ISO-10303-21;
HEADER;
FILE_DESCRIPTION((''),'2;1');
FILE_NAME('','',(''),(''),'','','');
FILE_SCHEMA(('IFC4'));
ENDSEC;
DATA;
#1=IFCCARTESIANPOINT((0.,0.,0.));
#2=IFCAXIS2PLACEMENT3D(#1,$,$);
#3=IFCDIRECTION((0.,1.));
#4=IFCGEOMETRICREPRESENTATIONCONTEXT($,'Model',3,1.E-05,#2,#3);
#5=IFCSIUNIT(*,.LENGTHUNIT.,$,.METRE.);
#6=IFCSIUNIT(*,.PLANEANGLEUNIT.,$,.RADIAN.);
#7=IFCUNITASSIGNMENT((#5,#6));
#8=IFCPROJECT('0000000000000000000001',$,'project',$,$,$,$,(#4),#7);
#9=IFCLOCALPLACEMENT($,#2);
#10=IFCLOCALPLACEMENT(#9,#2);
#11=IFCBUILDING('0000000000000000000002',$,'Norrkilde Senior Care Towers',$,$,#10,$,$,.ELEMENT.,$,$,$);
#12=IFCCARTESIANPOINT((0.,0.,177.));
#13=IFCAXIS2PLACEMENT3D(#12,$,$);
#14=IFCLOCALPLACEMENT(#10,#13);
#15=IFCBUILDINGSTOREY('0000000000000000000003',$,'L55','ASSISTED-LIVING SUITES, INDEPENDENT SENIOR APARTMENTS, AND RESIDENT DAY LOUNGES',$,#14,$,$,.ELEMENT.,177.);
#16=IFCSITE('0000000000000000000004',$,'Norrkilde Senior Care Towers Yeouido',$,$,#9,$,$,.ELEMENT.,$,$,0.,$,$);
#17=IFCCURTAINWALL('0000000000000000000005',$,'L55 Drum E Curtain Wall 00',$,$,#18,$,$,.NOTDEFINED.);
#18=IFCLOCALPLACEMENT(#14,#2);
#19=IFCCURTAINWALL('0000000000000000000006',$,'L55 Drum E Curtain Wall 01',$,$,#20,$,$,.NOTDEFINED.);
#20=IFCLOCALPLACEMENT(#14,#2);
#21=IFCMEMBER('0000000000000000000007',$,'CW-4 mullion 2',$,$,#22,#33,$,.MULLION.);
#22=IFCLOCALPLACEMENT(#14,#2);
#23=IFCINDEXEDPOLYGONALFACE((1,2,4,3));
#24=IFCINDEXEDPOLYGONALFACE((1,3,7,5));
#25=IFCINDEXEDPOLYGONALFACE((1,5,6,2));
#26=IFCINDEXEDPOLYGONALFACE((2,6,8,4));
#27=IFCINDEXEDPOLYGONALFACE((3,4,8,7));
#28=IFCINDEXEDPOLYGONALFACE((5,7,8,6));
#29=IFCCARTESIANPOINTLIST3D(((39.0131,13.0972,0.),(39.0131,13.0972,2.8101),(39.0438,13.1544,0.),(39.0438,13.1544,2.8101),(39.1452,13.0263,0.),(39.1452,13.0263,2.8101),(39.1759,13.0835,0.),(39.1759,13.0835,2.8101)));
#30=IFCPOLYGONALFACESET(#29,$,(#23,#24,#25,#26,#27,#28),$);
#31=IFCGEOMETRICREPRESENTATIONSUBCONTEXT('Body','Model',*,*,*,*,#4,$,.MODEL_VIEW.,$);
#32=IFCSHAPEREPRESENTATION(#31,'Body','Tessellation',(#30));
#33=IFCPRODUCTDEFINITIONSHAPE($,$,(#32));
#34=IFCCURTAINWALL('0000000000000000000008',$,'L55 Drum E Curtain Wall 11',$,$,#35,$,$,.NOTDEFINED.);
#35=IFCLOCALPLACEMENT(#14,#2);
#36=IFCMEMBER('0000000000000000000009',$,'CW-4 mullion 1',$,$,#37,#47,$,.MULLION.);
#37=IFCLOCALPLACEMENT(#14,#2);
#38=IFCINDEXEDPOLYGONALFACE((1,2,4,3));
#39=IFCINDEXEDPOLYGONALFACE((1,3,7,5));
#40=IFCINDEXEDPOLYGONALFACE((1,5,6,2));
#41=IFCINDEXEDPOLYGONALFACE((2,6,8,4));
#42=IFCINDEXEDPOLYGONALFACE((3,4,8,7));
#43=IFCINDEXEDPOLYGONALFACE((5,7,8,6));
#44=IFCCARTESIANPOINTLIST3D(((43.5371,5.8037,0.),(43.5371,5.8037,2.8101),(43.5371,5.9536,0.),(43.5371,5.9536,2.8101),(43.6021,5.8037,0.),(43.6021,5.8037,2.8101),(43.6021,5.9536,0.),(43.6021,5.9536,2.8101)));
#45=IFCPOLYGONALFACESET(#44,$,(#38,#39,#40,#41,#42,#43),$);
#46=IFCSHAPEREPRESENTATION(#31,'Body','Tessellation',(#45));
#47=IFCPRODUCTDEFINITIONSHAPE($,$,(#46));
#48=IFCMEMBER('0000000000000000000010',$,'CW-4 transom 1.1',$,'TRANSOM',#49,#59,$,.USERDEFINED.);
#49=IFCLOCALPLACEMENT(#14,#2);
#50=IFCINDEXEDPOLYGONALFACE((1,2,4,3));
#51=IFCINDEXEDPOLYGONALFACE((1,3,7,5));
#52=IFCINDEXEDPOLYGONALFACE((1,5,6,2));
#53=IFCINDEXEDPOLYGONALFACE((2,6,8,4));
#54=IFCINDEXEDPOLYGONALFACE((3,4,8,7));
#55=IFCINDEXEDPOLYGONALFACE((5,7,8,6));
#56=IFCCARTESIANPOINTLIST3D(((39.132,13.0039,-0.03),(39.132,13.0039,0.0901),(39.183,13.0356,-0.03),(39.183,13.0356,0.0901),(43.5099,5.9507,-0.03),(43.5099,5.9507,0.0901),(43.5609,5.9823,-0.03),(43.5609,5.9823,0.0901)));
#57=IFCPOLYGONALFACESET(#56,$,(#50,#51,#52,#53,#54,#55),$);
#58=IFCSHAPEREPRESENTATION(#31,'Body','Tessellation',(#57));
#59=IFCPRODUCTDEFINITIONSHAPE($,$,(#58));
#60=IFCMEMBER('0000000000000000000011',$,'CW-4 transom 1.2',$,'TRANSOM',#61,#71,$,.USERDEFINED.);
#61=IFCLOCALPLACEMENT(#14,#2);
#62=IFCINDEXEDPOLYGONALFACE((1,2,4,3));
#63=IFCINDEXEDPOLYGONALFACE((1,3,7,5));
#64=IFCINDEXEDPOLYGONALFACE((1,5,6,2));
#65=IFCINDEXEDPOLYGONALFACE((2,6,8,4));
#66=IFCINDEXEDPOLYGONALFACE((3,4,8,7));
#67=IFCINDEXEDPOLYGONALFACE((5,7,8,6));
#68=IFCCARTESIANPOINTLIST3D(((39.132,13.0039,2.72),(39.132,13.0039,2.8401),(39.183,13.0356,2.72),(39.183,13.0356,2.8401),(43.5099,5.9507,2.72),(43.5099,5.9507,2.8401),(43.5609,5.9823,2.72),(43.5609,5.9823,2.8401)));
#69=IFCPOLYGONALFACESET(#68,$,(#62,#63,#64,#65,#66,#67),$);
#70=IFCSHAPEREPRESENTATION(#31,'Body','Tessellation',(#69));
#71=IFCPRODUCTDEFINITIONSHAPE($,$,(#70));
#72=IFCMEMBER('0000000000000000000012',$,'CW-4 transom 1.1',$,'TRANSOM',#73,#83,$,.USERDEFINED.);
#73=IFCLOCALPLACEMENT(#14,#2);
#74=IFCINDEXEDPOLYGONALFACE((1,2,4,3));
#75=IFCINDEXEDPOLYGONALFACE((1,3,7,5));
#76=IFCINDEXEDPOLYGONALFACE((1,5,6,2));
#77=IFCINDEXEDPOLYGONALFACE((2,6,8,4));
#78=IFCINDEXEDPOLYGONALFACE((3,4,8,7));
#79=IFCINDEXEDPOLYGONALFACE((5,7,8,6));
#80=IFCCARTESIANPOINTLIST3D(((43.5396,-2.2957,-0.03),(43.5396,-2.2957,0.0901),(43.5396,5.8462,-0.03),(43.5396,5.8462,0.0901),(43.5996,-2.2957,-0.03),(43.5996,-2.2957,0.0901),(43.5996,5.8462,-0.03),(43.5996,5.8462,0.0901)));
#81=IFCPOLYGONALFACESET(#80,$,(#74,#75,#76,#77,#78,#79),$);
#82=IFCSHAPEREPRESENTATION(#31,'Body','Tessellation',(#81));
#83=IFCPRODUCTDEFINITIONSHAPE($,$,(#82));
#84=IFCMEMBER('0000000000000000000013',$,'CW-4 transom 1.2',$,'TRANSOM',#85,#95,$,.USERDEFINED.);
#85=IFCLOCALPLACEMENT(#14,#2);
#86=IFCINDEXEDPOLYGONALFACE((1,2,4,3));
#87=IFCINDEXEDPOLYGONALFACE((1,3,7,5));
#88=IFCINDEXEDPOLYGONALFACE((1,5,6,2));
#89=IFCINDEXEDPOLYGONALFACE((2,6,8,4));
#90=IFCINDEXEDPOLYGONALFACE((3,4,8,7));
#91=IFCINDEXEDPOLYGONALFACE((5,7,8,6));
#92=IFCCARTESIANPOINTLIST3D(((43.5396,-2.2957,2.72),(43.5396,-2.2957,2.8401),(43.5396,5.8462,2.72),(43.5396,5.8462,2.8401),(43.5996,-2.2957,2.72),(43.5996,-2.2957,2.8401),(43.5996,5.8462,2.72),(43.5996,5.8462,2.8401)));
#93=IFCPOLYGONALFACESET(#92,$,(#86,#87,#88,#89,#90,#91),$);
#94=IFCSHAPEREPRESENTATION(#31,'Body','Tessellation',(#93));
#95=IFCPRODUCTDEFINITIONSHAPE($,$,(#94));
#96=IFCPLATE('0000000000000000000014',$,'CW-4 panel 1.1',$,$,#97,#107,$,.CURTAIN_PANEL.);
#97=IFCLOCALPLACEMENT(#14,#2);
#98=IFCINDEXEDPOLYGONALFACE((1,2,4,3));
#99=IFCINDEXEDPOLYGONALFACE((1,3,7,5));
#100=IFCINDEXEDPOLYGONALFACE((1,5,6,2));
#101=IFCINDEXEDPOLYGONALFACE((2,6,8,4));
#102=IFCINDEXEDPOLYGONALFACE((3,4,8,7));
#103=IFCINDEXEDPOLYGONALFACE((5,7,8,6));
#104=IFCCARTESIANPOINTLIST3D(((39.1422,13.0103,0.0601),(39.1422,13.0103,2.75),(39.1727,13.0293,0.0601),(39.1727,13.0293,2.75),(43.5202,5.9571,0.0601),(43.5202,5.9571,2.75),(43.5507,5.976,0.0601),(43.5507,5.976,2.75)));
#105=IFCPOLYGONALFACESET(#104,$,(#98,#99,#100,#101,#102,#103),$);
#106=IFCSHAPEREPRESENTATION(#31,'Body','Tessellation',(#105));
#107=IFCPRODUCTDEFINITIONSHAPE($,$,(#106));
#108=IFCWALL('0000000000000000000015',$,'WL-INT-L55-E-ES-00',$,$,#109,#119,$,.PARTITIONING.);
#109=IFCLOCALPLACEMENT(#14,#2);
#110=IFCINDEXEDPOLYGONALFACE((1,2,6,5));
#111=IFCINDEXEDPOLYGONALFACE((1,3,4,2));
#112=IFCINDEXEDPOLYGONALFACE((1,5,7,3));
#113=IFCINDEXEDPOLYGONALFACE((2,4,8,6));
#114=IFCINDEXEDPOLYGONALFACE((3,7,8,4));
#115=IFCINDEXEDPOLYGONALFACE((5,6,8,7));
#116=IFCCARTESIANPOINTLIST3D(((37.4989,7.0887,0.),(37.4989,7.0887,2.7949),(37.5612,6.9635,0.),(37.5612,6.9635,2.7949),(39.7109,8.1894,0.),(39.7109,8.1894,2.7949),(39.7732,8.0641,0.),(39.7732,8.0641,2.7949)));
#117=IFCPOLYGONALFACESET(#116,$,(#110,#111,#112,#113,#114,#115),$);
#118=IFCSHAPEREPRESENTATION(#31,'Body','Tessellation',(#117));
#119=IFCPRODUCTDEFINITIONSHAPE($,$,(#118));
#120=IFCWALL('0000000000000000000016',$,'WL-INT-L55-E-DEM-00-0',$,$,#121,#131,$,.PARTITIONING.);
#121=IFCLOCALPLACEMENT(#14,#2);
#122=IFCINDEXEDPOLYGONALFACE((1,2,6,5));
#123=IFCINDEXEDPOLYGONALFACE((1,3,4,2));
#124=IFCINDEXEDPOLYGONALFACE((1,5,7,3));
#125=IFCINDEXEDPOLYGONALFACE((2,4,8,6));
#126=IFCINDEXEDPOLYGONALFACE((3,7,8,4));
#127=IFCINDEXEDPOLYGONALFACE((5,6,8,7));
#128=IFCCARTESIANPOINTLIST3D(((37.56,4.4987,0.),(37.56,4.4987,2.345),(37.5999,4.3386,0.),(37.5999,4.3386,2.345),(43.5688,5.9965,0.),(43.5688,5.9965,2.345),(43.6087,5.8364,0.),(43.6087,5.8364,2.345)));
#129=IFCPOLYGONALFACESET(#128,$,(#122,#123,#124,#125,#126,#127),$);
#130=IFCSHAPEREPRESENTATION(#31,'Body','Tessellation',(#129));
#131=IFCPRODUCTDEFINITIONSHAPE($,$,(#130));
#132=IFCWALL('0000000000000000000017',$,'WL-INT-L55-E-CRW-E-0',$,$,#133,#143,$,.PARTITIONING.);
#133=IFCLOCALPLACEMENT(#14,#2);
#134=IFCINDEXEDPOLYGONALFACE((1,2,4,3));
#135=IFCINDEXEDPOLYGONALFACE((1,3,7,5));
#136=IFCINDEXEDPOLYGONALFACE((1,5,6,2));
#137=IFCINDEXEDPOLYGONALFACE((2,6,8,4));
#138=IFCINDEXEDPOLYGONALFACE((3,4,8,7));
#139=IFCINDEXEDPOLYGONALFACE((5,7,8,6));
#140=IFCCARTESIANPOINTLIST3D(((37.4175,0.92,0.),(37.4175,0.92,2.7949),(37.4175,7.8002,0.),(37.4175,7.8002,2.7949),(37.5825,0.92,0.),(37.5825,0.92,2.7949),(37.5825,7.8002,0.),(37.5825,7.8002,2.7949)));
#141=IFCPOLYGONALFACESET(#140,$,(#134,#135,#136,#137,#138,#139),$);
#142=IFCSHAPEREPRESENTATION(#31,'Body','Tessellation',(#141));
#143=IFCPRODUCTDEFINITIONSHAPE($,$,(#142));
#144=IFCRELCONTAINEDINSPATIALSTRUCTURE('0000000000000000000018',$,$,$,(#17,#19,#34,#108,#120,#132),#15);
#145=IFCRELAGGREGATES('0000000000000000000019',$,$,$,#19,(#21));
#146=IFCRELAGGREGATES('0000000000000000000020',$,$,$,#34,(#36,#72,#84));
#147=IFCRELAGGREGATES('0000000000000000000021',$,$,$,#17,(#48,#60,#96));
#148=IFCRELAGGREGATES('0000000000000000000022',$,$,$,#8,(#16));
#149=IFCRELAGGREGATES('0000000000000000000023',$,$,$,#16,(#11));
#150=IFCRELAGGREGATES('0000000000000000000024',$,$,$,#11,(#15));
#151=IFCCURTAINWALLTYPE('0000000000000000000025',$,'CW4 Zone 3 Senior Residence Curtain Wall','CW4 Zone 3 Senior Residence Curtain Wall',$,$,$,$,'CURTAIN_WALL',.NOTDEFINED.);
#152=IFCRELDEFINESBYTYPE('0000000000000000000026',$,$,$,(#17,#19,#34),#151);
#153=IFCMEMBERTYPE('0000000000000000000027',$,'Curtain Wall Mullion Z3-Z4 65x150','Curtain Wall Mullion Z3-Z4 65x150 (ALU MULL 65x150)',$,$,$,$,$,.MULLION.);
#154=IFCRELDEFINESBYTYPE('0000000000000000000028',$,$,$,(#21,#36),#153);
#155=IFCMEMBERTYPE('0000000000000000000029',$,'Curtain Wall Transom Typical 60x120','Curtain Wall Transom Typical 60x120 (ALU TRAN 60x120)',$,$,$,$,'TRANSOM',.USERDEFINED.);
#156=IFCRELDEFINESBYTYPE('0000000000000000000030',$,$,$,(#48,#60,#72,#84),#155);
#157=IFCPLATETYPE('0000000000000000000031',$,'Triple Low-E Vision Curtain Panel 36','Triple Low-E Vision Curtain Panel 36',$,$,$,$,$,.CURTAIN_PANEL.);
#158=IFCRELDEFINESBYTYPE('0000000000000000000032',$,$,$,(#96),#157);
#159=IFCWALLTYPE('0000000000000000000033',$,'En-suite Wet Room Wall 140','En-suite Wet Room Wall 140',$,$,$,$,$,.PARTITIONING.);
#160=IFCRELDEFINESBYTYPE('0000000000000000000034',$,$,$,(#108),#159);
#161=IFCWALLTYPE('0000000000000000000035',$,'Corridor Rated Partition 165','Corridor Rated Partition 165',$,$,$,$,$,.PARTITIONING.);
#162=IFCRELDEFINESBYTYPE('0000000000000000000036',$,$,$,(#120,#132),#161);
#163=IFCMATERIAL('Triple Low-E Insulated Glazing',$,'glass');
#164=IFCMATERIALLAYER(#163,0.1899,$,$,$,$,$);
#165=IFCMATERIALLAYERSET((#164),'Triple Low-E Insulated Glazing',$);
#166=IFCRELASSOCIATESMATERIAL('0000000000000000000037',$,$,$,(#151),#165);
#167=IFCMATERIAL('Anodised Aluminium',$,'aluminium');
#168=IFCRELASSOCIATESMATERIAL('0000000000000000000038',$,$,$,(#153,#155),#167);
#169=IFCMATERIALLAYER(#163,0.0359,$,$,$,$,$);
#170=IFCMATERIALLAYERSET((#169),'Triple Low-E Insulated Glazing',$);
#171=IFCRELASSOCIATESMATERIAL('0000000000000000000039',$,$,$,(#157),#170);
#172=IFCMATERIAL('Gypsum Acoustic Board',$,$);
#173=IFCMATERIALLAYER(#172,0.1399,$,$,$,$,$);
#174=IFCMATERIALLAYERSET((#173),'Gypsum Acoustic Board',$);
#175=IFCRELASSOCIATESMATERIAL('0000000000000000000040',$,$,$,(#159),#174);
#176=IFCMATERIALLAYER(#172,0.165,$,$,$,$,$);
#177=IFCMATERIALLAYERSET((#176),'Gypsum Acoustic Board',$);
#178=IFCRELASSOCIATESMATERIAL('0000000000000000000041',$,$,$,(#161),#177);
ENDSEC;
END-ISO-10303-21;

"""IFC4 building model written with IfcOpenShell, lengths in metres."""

from ifc_helpers import new_model, si_unit, direction, frame, frame_2d, origin, origin_2d, place, context, subcontext, project, spatial, rectangle, extrude, source, transform, mapped, material, layer, layer_set, material_profile, profile_set, type_object, type_shapes, element, aggregate, save


model = new_model("IFC4")

# Units and contexts
model_context = context("Model", 3, precision=1e-05, world=origin(), true_north=direction((0.0, 1.0)))
body_context = subcontext(model_context, "Body", "Model", "MODEL_VIEW")
ifc_project = project(units=[si_unit("LENGTHUNIT", "METRE"), si_unit("PLANEANGLEUNIT", "RADIAN")], contexts=[model_context])

# Site, building, storey
site_placement = place(None, origin())
site = spatial("IfcSite", under=ifc_project, at=site_placement, Name="Norrkilde Senior Care Towers Yeouido", CompositionType="ELEMENT", RefElevation=0.0)
building_placement = place(site_placement, origin())
building = spatial("IfcBuilding", under=site, at=building_placement, Name="Norrkilde Senior Care Towers", CompositionType="ELEMENT")
storey_placement = place(building_placement, frame((0.0, 0.0, 177.0)))
storey = spatial("IfcBuildingStorey", under=building, at=storey_placement, Name="L55", Description="ASSISTED-LIVING SUITES, INDEPENDENT SENIOR APARTMENTS, AND RESIDENT DAY LOUNGES", CompositionType="ELEMENT", Elevation=177.0)

# Curtain wall
ifc_material_1 = material(Name="Triple Low-E Insulated Glazing", Category="glass")
ifc_layer_1 = layer(ifc_material_1, 0.1899)
ifc_layer_set_1 = layer_set([ifc_layer_1], Name="Triple Low-E Insulated Glazing")
curtain_wall_type = type_object("IfcCurtainWallType", Name="CW4 Zone 3 Senior Residence Curtain Wall", Description="CW4 Zone 3 Senior Residence Curtain Wall", ElementType="CURTAIN_WALL", PredefinedType="NOTDEFINED", material=ifc_layer_set_1)
curtain_wall_1_placement = place(storey_placement, origin())
curtain_wall_1 = element("IfcCurtainWall", 1, at=curtain_wall_1_placement, inside=storey, type_object=curtain_wall_type, Name="L55 Drum E Curtain Wall 00", PredefinedType="NOTDEFINED")
ifc_material_2 = material(Name="Anodised Aluminium", Category="aluminium")
ifc_material_profile_1 = material_profile(ifc_material_2, rectangle(XDim=0.0649, YDim=0.1499, at=origin_2d()), Name="ALU MULL 65x150")
ifc_profile_set_1 = profile_set([ifc_material_profile_1], Name="Anodised Aluminium")
member_type_1 = type_object("IfcMemberType", Name="Curtain Wall Mullion Z3-Z4 65x150", Description="Curtain Wall Mullion Z3-Z4 65x150 (ALU MULL 65x150)", PredefinedType="MULLION", material=ifc_profile_set_1)
shared_shape_1 = source(origin(), body_context, "Body", "SweptSolid", [
    extrude(rectangle(XDim=0.0649, YDim=0.1499, at=origin_2d()), origin(), (0.0, 0.0, 1.0), 2.8101),
])
type_shapes(member_type_1, [shared_shape_1])

# Curtain walls, members
curtain_wall_2_placement = place(storey_placement, origin())
curtain_wall_2 = element("IfcCurtainWall", 2, at=curtain_wall_2_placement, inside=storey, type_object=curtain_wall_type, Name="L55 Drum E Curtain Wall 01", PredefinedType="NOTDEFINED")
member_1_placement = place(storey_placement, frame((39.0945, 13.0903, 0.0), z_axis=(0.0, 0.0, 1.0), x_axis=(0.473117, 0.881, 0.0)))
member_1 = element("IfcMember", 3, at=member_1_placement, type_object=member_type_1, Name="CW-4 mullion 2", PredefinedType="MULLION", context=body_context, shape_type="MappedRepresentation", body=[
    mapped(shared_shape_1, transform((0.0, 0.0, 0.0), x_axis=(1.0, 0.0, 0.0), y_axis=(0.0, 1.0, 0.0), z_axis=(0.0, 0.0, 1.0), scale=1.0)),
])
aggregate(curtain_wall_2, [member_1])
curtain_wall_3_placement = place(storey_placement, origin())
curtain_wall_3 = element("IfcCurtainWall", 4, at=curtain_wall_3_placement, inside=storey, type_object=curtain_wall_type, Name="L55 Drum E Curtain Wall 11", PredefinedType="NOTDEFINED")
member_2_placement = place(storey_placement, frame((43.5696, 5.8787, 0.0), z_axis=(0.0, 0.0, 1.0), x_axis=(1.0, 0.0, 0.0)))
member_2 = element("IfcMember", 5, at=member_2_placement, type_object=member_type_1, Name="CW-4 mullion 1", PredefinedType="MULLION", context=body_context, shape_type="MappedRepresentation", body=[
    mapped(shared_shape_1, transform((0.0, 0.0, 0.0), x_axis=(1.0, 0.0, 0.0), y_axis=(0.0, 1.0, 0.0), z_axis=(0.0, 0.0, 1.0), scale=1.0)),
])

# Members
ifc_material_profile_2 = material_profile(ifc_material_2, rectangle(XDim=0.0601, YDim=0.1201, at=origin_2d()), Name="ALU TRAN 60x120")
ifc_profile_set_2 = profile_set([ifc_material_profile_2], Name="Anodised Aluminium")
member_type_2 = type_object("IfcMemberType", Name="Curtain Wall Transom Typical 60x120", Description="Curtain Wall Transom Typical 60x120 (ALU TRAN 60x120)", ElementType="TRANSOM", PredefinedType="USERDEFINED", material=ifc_profile_set_2)
shared_shape_2 = source(origin(), body_context, "Body", "SweptSolid", [
    extrude(rectangle(XDim=0.0601, YDim=0.1201, at=origin_2d()), origin(), (0.0, 0.0, 1.0), 8.3015),
])
member_3_placement = place(storey_placement, frame((39.1575, 13.0198, 0.03), z_axis=(0.527369, -0.849637, 0.0), x_axis=(0.849637, 0.527369, 0.0)))
member_3 = element("IfcMember", 6, at=member_3_placement, type_object=member_type_2, Name="CW-4 transom 1.1", ObjectType="TRANSOM", PredefinedType="USERDEFINED", context=body_context, shape_type="MappedRepresentation", body=[
    mapped(shared_shape_2, transform((0.0, 0.0, 0.0), x_axis=(1.0, 0.0, 0.0), y_axis=(0.0, 1.0, 0.0), z_axis=(0.0, 0.0, 1.0), scale=1.0)),
])
member_4_placement = place(storey_placement, frame((39.1575, 13.0198, 2.78), z_axis=(0.527369, -0.849637, 0.0), x_axis=(0.849637, 0.527369, 0.0)))
member_4 = element("IfcMember", 7, at=member_4_placement, type_object=member_type_2, Name="CW-4 transom 1.2", ObjectType="TRANSOM", PredefinedType="USERDEFINED", context=body_context, shape_type="MappedRepresentation", body=[
    mapped(shared_shape_2, transform((0.0, 0.0, 0.0), x_axis=(1.0, 0.0, 0.0), y_axis=(0.0, 1.0, 0.0), z_axis=(0.0, 0.0, 1.0), scale=1.0)),
])
shared_shape_3 = source(origin(), body_context, "Body", "SweptSolid", [
    extrude(rectangle(XDim=0.0601, YDim=0.1201, at=origin_2d()), origin(), (0.0, 0.0, 1.0), 8.1418),
])
type_shapes(member_type_2, [shared_shape_2, shared_shape_3])
member_5_placement = place(storey_placement, frame((43.5696, 5.8462, 0.03), z_axis=(0.0, -1.0, 0.0), x_axis=(1.0, 0.0, 0.0)))
member_5 = element("IfcMember", 8, at=member_5_placement, type_object=member_type_2, Name="CW-4 transom 1.1", ObjectType="TRANSOM", PredefinedType="USERDEFINED", context=body_context, shape_type="MappedRepresentation", body=[
    mapped(shared_shape_3, transform((0.0, 0.0, 0.0), x_axis=(1.0, 0.0, 0.0), y_axis=(0.0, 1.0, 0.0), z_axis=(0.0, 0.0, 1.0), scale=1.0)),
])
member_6_placement = place(storey_placement, frame((43.5696, 5.8462, 2.78), z_axis=(0.0, -1.0, 0.0), x_axis=(1.0, 0.0, 0.0)))
member_6 = element("IfcMember", 9, at=member_6_placement, type_object=member_type_2, Name="CW-4 transom 1.2", ObjectType="TRANSOM", PredefinedType="USERDEFINED", context=body_context, shape_type="MappedRepresentation", body=[
    mapped(shared_shape_3, transform((0.0, 0.0, 0.0), x_axis=(1.0, 0.0, 0.0), y_axis=(0.0, 1.0, 0.0), z_axis=(0.0, 0.0, 1.0), scale=1.0)),
])
aggregate(curtain_wall_3, [member_2, member_5, member_6])

# Plate
ifc_layer_2 = layer(ifc_material_1, 0.0359)
ifc_layer_set_2 = layer_set([ifc_layer_2], Name="Triple Low-E Insulated Glazing")
plate_type = type_object("IfcPlateType", Name="Triple Low-E Vision Curtain Panel 36", Description="Triple Low-E Vision Curtain Panel 36", PredefinedType="CURTAIN_PANEL", material=ifc_layer_set_2)
shared_shape_4 = source(origin(), body_context, "Body", "SweptSolid", [
    extrude(rectangle(XDim=8.3015, YDim=0.0359, at=origin_2d()), origin(), (0.0, 0.0, 1.0), 2.6899),
])
type_shapes(plate_type, [shared_shape_4])
plate_placement = place(storey_placement, frame((41.3464, 9.4932, 0.0601), z_axis=(0.0, 0.0, 1.0), x_axis=(0.527373, -0.849634, 0.0)))
plate = element("IfcPlate", 10, at=plate_placement, type_object=plate_type, Name="CW-4 panel 1.1", PredefinedType="CURTAIN_PANEL", context=body_context, shape_type="MappedRepresentation", body=[
    mapped(shared_shape_4, transform((0.0, 0.0, 0.0), x_axis=(1.0, 0.0, 0.0), y_axis=(0.0, 1.0, 0.0), z_axis=(0.0, 0.0, 1.0), scale=1.0)),
])
aggregate(curtain_wall_1, [member_3, member_4, plate])

# Walls
ifc_material_3 = material(Name="Gypsum Acoustic Board")
ifc_layer_3 = layer(ifc_material_3, 0.1399)
ifc_layer_set_3 = layer_set([ifc_layer_3], Name="Gypsum Acoustic Board")
wall_type_1 = type_object("IfcWallType", Name="En-suite Wet Room Wall 140", Description="En-suite Wet Room Wall 140", PredefinedType="PARTITIONING", material=ifc_layer_set_3)
shared_shape_5 = source(origin(), body_context, "Body", "SweptSolid", [
    extrude(rectangle(XDim=2.4707, YDim=0.1399, at=frame_2d((1.2354, 0.0))), origin(), (0.0, 0.0, 1.0), 2.7949),
])
wall_1_placement = place(storey_placement, frame((37.53, 7.0261, 0.0), z_axis=(0.0, 0.0, 1.0), x_axis=(0.895295, 0.445474, 0.0)))
element("IfcWall", 11, at=wall_1_placement, inside=storey, type_object=wall_type_1, Name="WL-INT-L55-E-ES-00", PredefinedType="PARTITIONING", context=body_context, shape_type="MappedRepresentation", body=[
    mapped(shared_shape_5, transform((0.0, 0.0, 0.0), x_axis=(1.0, 0.0, 0.0), y_axis=(0.0, 1.0, 0.0), z_axis=(0.0, 0.0, 1.0), scale=1.0)),
])
ifc_layer_4 = layer(ifc_material_3, 0.165)
ifc_layer_set_4 = layer_set([ifc_layer_4], Name="Gypsum Acoustic Board")
wall_type_2 = type_object("IfcWallType", Name="Corridor Rated Partition 165", Description="Corridor Rated Partition 165", PredefinedType="PARTITIONING", material=ifc_layer_set_4)
shared_shape_6 = source(origin(), body_context, "Body", "SweptSolid", [
    extrude(rectangle(XDim=6.1926, YDim=0.165, at=frame_2d((3.0962, 0.0))), origin(), (0.0, 0.0, 1.0), 2.345),
])
wall_2_placement = place(storey_placement, frame((37.5801, 4.4187, 0.0), z_axis=(0.0, 0.0, 1.0), x_axis=(0.970309, 0.241868, 0.0)))
element("IfcWall", 12, at=wall_2_placement, inside=storey, type_object=wall_type_2, Name="WL-INT-L55-E-DEM-00-0", PredefinedType="PARTITIONING", context=body_context, shape_type="MappedRepresentation", body=[
    mapped(shared_shape_6, transform((0.0, 0.0, 0.0), x_axis=(1.0, 0.0, 0.0), y_axis=(0.0, 1.0, 0.0), z_axis=(0.0, 0.0, 1.0), scale=1.0)),
])
shared_shape_7 = source(origin(), body_context, "Body", "SweptSolid", [
    extrude(rectangle(XDim=6.8801, YDim=0.165, at=frame_2d((3.4399, 0.0))), origin(), (0.0, 0.0, 1.0), 2.7949),
])
type_shapes(wall_type_2, [shared_shape_6, shared_shape_7])
wall_3_placement = place(storey_placement, frame((37.5, 7.8, 0.0), z_axis=(0.0, 0.0, 1.0), x_axis=(0.0, -1.0, 0.0)))
element("IfcWall", 13, at=wall_3_placement, inside=storey, type_object=wall_type_2, Name="WL-INT-L55-E-CRW-E-0", PredefinedType="PARTITIONING", context=body_context, shape_type="MappedRepresentation", body=[
    mapped(shared_shape_7, transform((0.0, 0.0, 0.0), x_axis=(1.0, 0.0, 0.0), y_axis=(0.0, 1.0, 0.0), z_axis=(0.0, 0.0, 1.0), scale=1.0)),
])

save(model, "model.ifc")
